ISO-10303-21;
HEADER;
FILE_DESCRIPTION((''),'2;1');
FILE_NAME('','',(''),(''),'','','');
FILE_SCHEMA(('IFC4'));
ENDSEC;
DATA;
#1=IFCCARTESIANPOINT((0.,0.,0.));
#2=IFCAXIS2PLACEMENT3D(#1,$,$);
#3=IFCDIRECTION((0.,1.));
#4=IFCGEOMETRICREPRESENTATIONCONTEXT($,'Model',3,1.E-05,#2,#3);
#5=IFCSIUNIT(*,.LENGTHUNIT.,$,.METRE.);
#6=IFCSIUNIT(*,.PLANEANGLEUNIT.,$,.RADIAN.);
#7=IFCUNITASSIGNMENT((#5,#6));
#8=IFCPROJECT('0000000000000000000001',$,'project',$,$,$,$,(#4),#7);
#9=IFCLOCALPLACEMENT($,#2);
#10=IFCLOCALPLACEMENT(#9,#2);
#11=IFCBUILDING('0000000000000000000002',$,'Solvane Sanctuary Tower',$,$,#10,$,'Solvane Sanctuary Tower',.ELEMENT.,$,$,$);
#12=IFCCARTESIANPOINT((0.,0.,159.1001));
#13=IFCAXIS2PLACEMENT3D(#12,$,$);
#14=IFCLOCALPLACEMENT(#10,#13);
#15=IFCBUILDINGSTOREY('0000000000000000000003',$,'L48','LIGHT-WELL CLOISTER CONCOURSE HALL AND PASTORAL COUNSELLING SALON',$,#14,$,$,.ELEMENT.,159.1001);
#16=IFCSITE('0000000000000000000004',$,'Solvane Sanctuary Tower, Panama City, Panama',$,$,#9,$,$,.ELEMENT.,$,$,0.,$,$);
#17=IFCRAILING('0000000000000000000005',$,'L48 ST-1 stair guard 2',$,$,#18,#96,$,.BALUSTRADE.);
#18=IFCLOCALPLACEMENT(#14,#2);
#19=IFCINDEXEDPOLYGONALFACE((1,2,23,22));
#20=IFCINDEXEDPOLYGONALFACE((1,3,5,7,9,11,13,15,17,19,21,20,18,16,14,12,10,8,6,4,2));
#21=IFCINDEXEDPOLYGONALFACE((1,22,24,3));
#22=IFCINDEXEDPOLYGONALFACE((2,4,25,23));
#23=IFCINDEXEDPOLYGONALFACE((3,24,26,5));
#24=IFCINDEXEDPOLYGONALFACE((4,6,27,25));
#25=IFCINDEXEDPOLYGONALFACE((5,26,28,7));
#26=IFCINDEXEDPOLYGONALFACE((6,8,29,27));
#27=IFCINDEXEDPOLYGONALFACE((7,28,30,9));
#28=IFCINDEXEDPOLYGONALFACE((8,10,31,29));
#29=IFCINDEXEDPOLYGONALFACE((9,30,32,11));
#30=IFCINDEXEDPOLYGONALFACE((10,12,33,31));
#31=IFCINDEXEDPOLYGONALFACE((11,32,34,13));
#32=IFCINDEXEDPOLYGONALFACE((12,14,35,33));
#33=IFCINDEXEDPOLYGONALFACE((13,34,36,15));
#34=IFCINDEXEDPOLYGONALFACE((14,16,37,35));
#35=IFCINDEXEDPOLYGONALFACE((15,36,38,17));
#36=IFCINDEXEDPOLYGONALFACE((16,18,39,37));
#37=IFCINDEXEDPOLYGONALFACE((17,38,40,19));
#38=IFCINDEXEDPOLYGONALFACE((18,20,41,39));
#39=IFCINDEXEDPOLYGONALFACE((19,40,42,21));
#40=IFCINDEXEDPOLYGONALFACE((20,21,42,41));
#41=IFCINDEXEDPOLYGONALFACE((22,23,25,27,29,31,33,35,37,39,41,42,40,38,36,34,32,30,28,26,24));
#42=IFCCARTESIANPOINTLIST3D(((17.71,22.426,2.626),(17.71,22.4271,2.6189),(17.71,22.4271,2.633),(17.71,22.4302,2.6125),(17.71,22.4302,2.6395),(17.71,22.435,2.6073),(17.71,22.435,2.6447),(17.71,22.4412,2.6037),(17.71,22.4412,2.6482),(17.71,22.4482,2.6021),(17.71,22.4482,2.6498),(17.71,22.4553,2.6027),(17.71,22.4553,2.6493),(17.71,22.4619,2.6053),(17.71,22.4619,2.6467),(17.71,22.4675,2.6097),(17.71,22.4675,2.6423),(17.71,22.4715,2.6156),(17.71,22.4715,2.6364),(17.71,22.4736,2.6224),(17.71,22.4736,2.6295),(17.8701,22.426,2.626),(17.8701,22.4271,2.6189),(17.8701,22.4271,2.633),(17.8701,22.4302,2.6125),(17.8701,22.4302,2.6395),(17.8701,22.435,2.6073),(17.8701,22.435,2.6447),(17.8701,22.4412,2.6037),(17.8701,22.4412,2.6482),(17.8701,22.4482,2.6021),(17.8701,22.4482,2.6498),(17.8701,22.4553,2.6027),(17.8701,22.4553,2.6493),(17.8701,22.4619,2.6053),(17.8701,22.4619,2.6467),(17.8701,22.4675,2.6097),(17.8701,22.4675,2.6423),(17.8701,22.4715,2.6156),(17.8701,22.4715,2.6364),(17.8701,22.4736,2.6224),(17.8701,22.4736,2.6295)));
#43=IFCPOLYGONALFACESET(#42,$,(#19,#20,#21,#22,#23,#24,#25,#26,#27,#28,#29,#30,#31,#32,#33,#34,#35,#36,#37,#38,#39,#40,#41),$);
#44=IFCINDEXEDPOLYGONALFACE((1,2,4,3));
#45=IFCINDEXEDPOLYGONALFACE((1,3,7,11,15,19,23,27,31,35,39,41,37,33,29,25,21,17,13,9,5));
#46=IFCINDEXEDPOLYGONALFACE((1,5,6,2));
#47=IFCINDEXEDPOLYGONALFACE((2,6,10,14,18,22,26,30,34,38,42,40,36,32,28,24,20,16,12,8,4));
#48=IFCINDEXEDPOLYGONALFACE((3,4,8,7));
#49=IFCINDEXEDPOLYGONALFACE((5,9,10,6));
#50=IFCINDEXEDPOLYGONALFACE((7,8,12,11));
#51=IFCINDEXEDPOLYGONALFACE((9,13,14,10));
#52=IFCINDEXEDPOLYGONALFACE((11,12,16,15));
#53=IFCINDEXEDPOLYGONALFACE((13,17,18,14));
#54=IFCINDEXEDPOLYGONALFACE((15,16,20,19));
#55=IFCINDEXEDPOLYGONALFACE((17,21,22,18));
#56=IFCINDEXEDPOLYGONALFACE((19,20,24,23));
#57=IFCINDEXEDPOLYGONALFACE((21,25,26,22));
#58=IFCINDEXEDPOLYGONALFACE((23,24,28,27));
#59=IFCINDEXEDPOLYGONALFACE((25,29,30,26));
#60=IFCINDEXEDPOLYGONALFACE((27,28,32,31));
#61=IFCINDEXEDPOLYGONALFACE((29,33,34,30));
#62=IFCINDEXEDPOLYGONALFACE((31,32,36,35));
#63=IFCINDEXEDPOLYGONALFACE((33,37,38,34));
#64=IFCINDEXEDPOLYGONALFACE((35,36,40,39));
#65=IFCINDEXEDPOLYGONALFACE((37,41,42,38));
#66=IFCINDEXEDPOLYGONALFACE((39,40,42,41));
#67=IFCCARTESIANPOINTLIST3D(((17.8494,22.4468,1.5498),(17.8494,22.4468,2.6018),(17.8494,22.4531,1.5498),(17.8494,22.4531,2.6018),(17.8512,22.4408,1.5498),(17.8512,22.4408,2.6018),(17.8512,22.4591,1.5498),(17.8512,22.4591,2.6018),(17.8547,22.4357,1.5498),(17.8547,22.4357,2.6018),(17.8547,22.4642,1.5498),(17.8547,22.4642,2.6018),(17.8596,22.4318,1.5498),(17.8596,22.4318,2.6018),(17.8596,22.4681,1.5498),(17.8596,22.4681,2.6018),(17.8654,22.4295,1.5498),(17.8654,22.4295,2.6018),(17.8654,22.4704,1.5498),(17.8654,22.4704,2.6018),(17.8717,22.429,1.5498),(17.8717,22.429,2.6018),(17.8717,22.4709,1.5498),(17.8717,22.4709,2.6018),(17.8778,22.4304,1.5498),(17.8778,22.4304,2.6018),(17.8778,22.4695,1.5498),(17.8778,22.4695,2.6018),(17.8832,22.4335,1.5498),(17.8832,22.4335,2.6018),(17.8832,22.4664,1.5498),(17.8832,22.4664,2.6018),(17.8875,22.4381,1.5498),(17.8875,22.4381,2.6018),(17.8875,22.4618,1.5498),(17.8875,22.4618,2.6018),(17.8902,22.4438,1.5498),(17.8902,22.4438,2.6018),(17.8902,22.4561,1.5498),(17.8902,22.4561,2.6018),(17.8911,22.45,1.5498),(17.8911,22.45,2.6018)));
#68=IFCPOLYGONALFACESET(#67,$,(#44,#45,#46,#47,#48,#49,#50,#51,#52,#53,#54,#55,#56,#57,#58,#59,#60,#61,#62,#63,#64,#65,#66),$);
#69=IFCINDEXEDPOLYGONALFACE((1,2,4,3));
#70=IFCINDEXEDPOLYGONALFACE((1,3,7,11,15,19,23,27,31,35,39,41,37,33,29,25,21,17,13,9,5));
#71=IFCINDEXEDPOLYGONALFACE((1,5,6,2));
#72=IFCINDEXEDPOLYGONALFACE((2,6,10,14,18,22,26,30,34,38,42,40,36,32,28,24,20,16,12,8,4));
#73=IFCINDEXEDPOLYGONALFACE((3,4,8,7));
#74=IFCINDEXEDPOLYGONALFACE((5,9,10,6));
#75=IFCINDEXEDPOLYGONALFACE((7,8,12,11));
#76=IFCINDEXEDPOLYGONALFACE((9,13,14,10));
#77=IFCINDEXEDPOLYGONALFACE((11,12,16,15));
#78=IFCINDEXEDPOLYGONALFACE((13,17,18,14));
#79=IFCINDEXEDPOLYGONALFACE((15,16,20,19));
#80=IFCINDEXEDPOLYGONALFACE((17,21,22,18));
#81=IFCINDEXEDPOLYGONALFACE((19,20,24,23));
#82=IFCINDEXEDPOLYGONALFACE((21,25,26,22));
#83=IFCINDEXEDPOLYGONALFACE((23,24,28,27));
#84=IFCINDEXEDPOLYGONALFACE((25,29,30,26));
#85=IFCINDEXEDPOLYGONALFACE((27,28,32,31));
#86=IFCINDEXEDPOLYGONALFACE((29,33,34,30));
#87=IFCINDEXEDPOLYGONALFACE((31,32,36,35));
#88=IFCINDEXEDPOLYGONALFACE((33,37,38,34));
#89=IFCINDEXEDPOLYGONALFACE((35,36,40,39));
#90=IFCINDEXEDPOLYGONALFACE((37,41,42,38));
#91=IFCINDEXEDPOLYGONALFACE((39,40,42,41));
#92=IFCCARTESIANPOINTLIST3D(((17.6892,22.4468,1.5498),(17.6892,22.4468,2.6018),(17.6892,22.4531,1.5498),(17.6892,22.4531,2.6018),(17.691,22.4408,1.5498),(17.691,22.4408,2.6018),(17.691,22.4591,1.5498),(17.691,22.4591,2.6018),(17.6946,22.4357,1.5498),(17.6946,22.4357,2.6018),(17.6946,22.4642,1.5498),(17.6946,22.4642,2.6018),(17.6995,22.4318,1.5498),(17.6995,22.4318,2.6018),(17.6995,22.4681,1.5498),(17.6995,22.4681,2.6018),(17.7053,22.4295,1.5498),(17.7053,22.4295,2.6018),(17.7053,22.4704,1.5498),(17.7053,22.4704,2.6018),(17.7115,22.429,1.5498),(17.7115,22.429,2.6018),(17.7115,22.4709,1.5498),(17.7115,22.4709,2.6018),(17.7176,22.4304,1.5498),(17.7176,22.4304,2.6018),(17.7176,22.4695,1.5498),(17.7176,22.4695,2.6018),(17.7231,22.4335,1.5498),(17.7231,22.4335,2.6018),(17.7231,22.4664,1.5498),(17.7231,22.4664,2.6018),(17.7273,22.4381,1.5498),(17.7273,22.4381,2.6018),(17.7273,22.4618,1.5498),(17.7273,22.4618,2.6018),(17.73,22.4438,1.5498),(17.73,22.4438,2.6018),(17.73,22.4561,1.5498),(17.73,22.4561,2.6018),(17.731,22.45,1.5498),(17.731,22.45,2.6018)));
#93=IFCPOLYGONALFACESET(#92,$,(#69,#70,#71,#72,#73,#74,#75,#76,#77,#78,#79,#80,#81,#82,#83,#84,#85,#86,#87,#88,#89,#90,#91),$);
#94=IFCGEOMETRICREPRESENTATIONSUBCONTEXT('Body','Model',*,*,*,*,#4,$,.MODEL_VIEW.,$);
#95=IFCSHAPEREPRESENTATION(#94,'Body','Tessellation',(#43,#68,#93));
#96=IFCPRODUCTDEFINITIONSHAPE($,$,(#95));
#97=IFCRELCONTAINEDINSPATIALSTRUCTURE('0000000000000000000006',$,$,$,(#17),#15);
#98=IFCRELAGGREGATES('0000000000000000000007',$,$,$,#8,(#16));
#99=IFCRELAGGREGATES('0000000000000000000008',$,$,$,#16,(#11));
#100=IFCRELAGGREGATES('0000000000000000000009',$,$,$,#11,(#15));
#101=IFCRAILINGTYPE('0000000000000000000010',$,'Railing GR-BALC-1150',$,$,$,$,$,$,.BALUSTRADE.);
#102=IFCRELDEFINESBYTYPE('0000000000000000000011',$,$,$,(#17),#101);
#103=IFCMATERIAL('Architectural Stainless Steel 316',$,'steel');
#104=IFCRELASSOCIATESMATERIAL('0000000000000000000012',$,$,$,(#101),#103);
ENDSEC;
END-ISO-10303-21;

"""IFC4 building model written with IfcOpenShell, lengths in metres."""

from ifc_helpers import new_model, si_unit, direction, frame, origin, origin_2d, place, context, subcontext, project, spatial, circle, extrude, material, type_object, element, save


model = new_model("IFC4")

# Units and contexts
model_context = context("Model", 3, precision=1e-05, world=origin(), true_north=direction((0.0, 1.0)))
body_context = subcontext(model_context, "Body", "Model", "MODEL_VIEW")
ifc_project = project(units=[si_unit("LENGTHUNIT", "METRE"), si_unit("PLANEANGLEUNIT", "RADIAN")], contexts=[model_context])

# Site, building, storey
site_placement = place(None, origin())
site = spatial("IfcSite", under=ifc_project, at=site_placement, Name="Solvane Sanctuary Tower, Panama City, Panama", CompositionType="ELEMENT", RefElevation=0.0)
building_placement = place(site_placement, origin())
building = spatial("IfcBuilding", under=site, at=building_placement, Name="Solvane Sanctuary Tower", LongName="Solvane Sanctuary Tower", CompositionType="ELEMENT")
storey_placement = place(building_placement, frame((0.0, 0.0, 159.1001)))
storey = spatial("IfcBuildingStorey", under=building, at=storey_placement, Name="L48", Description="LIGHT-WELL CLOISTER CONCOURSE HALL AND PASTORAL COUNSELLING SALON", CompositionType="ELEMENT", Elevation=159.1001)

# Shared definitions
ifc_material_1 = material(Name="Architectural Stainless Steel 316", Category="steel")

# Railing
railing_type_1 = type_object("IfcRailingType", Name="Railing GR-BALC-1150", PredefinedType="BALUSTRADE", material=ifc_material_1)
railing_1_placement = place(storey_placement, frame((17.8701, 22.45, 1.5498)))
element("IfcRailing", 1, at=railing_1_placement, inside=storey, type_object=railing_type_1, Name="L48 ST-1 stair guard 2", PredefinedType="BALUSTRADE", context=body_context, shape_type="SweptSolid", body=[
    extrude(circle(Radius=0.0239, at=origin_2d()), frame((0.0, 0.0, 1.0762), z_axis=(-1.0, 0.0, 0.0), x_axis=(0.0, -1.0, 0.0)), (0.0, 0.0, 1.0), 0.1602),
    extrude(circle(Radius=0.021, at=origin_2d()), origin(), (0.0, 0.0, 1.0), 1.052),
    extrude(circle(Radius=0.021, at=origin_2d()), frame((-0.1602, 0.0, 0.0)), (0.0, 0.0, 1.0), 1.052),
])

save(model, "model.ifc")
